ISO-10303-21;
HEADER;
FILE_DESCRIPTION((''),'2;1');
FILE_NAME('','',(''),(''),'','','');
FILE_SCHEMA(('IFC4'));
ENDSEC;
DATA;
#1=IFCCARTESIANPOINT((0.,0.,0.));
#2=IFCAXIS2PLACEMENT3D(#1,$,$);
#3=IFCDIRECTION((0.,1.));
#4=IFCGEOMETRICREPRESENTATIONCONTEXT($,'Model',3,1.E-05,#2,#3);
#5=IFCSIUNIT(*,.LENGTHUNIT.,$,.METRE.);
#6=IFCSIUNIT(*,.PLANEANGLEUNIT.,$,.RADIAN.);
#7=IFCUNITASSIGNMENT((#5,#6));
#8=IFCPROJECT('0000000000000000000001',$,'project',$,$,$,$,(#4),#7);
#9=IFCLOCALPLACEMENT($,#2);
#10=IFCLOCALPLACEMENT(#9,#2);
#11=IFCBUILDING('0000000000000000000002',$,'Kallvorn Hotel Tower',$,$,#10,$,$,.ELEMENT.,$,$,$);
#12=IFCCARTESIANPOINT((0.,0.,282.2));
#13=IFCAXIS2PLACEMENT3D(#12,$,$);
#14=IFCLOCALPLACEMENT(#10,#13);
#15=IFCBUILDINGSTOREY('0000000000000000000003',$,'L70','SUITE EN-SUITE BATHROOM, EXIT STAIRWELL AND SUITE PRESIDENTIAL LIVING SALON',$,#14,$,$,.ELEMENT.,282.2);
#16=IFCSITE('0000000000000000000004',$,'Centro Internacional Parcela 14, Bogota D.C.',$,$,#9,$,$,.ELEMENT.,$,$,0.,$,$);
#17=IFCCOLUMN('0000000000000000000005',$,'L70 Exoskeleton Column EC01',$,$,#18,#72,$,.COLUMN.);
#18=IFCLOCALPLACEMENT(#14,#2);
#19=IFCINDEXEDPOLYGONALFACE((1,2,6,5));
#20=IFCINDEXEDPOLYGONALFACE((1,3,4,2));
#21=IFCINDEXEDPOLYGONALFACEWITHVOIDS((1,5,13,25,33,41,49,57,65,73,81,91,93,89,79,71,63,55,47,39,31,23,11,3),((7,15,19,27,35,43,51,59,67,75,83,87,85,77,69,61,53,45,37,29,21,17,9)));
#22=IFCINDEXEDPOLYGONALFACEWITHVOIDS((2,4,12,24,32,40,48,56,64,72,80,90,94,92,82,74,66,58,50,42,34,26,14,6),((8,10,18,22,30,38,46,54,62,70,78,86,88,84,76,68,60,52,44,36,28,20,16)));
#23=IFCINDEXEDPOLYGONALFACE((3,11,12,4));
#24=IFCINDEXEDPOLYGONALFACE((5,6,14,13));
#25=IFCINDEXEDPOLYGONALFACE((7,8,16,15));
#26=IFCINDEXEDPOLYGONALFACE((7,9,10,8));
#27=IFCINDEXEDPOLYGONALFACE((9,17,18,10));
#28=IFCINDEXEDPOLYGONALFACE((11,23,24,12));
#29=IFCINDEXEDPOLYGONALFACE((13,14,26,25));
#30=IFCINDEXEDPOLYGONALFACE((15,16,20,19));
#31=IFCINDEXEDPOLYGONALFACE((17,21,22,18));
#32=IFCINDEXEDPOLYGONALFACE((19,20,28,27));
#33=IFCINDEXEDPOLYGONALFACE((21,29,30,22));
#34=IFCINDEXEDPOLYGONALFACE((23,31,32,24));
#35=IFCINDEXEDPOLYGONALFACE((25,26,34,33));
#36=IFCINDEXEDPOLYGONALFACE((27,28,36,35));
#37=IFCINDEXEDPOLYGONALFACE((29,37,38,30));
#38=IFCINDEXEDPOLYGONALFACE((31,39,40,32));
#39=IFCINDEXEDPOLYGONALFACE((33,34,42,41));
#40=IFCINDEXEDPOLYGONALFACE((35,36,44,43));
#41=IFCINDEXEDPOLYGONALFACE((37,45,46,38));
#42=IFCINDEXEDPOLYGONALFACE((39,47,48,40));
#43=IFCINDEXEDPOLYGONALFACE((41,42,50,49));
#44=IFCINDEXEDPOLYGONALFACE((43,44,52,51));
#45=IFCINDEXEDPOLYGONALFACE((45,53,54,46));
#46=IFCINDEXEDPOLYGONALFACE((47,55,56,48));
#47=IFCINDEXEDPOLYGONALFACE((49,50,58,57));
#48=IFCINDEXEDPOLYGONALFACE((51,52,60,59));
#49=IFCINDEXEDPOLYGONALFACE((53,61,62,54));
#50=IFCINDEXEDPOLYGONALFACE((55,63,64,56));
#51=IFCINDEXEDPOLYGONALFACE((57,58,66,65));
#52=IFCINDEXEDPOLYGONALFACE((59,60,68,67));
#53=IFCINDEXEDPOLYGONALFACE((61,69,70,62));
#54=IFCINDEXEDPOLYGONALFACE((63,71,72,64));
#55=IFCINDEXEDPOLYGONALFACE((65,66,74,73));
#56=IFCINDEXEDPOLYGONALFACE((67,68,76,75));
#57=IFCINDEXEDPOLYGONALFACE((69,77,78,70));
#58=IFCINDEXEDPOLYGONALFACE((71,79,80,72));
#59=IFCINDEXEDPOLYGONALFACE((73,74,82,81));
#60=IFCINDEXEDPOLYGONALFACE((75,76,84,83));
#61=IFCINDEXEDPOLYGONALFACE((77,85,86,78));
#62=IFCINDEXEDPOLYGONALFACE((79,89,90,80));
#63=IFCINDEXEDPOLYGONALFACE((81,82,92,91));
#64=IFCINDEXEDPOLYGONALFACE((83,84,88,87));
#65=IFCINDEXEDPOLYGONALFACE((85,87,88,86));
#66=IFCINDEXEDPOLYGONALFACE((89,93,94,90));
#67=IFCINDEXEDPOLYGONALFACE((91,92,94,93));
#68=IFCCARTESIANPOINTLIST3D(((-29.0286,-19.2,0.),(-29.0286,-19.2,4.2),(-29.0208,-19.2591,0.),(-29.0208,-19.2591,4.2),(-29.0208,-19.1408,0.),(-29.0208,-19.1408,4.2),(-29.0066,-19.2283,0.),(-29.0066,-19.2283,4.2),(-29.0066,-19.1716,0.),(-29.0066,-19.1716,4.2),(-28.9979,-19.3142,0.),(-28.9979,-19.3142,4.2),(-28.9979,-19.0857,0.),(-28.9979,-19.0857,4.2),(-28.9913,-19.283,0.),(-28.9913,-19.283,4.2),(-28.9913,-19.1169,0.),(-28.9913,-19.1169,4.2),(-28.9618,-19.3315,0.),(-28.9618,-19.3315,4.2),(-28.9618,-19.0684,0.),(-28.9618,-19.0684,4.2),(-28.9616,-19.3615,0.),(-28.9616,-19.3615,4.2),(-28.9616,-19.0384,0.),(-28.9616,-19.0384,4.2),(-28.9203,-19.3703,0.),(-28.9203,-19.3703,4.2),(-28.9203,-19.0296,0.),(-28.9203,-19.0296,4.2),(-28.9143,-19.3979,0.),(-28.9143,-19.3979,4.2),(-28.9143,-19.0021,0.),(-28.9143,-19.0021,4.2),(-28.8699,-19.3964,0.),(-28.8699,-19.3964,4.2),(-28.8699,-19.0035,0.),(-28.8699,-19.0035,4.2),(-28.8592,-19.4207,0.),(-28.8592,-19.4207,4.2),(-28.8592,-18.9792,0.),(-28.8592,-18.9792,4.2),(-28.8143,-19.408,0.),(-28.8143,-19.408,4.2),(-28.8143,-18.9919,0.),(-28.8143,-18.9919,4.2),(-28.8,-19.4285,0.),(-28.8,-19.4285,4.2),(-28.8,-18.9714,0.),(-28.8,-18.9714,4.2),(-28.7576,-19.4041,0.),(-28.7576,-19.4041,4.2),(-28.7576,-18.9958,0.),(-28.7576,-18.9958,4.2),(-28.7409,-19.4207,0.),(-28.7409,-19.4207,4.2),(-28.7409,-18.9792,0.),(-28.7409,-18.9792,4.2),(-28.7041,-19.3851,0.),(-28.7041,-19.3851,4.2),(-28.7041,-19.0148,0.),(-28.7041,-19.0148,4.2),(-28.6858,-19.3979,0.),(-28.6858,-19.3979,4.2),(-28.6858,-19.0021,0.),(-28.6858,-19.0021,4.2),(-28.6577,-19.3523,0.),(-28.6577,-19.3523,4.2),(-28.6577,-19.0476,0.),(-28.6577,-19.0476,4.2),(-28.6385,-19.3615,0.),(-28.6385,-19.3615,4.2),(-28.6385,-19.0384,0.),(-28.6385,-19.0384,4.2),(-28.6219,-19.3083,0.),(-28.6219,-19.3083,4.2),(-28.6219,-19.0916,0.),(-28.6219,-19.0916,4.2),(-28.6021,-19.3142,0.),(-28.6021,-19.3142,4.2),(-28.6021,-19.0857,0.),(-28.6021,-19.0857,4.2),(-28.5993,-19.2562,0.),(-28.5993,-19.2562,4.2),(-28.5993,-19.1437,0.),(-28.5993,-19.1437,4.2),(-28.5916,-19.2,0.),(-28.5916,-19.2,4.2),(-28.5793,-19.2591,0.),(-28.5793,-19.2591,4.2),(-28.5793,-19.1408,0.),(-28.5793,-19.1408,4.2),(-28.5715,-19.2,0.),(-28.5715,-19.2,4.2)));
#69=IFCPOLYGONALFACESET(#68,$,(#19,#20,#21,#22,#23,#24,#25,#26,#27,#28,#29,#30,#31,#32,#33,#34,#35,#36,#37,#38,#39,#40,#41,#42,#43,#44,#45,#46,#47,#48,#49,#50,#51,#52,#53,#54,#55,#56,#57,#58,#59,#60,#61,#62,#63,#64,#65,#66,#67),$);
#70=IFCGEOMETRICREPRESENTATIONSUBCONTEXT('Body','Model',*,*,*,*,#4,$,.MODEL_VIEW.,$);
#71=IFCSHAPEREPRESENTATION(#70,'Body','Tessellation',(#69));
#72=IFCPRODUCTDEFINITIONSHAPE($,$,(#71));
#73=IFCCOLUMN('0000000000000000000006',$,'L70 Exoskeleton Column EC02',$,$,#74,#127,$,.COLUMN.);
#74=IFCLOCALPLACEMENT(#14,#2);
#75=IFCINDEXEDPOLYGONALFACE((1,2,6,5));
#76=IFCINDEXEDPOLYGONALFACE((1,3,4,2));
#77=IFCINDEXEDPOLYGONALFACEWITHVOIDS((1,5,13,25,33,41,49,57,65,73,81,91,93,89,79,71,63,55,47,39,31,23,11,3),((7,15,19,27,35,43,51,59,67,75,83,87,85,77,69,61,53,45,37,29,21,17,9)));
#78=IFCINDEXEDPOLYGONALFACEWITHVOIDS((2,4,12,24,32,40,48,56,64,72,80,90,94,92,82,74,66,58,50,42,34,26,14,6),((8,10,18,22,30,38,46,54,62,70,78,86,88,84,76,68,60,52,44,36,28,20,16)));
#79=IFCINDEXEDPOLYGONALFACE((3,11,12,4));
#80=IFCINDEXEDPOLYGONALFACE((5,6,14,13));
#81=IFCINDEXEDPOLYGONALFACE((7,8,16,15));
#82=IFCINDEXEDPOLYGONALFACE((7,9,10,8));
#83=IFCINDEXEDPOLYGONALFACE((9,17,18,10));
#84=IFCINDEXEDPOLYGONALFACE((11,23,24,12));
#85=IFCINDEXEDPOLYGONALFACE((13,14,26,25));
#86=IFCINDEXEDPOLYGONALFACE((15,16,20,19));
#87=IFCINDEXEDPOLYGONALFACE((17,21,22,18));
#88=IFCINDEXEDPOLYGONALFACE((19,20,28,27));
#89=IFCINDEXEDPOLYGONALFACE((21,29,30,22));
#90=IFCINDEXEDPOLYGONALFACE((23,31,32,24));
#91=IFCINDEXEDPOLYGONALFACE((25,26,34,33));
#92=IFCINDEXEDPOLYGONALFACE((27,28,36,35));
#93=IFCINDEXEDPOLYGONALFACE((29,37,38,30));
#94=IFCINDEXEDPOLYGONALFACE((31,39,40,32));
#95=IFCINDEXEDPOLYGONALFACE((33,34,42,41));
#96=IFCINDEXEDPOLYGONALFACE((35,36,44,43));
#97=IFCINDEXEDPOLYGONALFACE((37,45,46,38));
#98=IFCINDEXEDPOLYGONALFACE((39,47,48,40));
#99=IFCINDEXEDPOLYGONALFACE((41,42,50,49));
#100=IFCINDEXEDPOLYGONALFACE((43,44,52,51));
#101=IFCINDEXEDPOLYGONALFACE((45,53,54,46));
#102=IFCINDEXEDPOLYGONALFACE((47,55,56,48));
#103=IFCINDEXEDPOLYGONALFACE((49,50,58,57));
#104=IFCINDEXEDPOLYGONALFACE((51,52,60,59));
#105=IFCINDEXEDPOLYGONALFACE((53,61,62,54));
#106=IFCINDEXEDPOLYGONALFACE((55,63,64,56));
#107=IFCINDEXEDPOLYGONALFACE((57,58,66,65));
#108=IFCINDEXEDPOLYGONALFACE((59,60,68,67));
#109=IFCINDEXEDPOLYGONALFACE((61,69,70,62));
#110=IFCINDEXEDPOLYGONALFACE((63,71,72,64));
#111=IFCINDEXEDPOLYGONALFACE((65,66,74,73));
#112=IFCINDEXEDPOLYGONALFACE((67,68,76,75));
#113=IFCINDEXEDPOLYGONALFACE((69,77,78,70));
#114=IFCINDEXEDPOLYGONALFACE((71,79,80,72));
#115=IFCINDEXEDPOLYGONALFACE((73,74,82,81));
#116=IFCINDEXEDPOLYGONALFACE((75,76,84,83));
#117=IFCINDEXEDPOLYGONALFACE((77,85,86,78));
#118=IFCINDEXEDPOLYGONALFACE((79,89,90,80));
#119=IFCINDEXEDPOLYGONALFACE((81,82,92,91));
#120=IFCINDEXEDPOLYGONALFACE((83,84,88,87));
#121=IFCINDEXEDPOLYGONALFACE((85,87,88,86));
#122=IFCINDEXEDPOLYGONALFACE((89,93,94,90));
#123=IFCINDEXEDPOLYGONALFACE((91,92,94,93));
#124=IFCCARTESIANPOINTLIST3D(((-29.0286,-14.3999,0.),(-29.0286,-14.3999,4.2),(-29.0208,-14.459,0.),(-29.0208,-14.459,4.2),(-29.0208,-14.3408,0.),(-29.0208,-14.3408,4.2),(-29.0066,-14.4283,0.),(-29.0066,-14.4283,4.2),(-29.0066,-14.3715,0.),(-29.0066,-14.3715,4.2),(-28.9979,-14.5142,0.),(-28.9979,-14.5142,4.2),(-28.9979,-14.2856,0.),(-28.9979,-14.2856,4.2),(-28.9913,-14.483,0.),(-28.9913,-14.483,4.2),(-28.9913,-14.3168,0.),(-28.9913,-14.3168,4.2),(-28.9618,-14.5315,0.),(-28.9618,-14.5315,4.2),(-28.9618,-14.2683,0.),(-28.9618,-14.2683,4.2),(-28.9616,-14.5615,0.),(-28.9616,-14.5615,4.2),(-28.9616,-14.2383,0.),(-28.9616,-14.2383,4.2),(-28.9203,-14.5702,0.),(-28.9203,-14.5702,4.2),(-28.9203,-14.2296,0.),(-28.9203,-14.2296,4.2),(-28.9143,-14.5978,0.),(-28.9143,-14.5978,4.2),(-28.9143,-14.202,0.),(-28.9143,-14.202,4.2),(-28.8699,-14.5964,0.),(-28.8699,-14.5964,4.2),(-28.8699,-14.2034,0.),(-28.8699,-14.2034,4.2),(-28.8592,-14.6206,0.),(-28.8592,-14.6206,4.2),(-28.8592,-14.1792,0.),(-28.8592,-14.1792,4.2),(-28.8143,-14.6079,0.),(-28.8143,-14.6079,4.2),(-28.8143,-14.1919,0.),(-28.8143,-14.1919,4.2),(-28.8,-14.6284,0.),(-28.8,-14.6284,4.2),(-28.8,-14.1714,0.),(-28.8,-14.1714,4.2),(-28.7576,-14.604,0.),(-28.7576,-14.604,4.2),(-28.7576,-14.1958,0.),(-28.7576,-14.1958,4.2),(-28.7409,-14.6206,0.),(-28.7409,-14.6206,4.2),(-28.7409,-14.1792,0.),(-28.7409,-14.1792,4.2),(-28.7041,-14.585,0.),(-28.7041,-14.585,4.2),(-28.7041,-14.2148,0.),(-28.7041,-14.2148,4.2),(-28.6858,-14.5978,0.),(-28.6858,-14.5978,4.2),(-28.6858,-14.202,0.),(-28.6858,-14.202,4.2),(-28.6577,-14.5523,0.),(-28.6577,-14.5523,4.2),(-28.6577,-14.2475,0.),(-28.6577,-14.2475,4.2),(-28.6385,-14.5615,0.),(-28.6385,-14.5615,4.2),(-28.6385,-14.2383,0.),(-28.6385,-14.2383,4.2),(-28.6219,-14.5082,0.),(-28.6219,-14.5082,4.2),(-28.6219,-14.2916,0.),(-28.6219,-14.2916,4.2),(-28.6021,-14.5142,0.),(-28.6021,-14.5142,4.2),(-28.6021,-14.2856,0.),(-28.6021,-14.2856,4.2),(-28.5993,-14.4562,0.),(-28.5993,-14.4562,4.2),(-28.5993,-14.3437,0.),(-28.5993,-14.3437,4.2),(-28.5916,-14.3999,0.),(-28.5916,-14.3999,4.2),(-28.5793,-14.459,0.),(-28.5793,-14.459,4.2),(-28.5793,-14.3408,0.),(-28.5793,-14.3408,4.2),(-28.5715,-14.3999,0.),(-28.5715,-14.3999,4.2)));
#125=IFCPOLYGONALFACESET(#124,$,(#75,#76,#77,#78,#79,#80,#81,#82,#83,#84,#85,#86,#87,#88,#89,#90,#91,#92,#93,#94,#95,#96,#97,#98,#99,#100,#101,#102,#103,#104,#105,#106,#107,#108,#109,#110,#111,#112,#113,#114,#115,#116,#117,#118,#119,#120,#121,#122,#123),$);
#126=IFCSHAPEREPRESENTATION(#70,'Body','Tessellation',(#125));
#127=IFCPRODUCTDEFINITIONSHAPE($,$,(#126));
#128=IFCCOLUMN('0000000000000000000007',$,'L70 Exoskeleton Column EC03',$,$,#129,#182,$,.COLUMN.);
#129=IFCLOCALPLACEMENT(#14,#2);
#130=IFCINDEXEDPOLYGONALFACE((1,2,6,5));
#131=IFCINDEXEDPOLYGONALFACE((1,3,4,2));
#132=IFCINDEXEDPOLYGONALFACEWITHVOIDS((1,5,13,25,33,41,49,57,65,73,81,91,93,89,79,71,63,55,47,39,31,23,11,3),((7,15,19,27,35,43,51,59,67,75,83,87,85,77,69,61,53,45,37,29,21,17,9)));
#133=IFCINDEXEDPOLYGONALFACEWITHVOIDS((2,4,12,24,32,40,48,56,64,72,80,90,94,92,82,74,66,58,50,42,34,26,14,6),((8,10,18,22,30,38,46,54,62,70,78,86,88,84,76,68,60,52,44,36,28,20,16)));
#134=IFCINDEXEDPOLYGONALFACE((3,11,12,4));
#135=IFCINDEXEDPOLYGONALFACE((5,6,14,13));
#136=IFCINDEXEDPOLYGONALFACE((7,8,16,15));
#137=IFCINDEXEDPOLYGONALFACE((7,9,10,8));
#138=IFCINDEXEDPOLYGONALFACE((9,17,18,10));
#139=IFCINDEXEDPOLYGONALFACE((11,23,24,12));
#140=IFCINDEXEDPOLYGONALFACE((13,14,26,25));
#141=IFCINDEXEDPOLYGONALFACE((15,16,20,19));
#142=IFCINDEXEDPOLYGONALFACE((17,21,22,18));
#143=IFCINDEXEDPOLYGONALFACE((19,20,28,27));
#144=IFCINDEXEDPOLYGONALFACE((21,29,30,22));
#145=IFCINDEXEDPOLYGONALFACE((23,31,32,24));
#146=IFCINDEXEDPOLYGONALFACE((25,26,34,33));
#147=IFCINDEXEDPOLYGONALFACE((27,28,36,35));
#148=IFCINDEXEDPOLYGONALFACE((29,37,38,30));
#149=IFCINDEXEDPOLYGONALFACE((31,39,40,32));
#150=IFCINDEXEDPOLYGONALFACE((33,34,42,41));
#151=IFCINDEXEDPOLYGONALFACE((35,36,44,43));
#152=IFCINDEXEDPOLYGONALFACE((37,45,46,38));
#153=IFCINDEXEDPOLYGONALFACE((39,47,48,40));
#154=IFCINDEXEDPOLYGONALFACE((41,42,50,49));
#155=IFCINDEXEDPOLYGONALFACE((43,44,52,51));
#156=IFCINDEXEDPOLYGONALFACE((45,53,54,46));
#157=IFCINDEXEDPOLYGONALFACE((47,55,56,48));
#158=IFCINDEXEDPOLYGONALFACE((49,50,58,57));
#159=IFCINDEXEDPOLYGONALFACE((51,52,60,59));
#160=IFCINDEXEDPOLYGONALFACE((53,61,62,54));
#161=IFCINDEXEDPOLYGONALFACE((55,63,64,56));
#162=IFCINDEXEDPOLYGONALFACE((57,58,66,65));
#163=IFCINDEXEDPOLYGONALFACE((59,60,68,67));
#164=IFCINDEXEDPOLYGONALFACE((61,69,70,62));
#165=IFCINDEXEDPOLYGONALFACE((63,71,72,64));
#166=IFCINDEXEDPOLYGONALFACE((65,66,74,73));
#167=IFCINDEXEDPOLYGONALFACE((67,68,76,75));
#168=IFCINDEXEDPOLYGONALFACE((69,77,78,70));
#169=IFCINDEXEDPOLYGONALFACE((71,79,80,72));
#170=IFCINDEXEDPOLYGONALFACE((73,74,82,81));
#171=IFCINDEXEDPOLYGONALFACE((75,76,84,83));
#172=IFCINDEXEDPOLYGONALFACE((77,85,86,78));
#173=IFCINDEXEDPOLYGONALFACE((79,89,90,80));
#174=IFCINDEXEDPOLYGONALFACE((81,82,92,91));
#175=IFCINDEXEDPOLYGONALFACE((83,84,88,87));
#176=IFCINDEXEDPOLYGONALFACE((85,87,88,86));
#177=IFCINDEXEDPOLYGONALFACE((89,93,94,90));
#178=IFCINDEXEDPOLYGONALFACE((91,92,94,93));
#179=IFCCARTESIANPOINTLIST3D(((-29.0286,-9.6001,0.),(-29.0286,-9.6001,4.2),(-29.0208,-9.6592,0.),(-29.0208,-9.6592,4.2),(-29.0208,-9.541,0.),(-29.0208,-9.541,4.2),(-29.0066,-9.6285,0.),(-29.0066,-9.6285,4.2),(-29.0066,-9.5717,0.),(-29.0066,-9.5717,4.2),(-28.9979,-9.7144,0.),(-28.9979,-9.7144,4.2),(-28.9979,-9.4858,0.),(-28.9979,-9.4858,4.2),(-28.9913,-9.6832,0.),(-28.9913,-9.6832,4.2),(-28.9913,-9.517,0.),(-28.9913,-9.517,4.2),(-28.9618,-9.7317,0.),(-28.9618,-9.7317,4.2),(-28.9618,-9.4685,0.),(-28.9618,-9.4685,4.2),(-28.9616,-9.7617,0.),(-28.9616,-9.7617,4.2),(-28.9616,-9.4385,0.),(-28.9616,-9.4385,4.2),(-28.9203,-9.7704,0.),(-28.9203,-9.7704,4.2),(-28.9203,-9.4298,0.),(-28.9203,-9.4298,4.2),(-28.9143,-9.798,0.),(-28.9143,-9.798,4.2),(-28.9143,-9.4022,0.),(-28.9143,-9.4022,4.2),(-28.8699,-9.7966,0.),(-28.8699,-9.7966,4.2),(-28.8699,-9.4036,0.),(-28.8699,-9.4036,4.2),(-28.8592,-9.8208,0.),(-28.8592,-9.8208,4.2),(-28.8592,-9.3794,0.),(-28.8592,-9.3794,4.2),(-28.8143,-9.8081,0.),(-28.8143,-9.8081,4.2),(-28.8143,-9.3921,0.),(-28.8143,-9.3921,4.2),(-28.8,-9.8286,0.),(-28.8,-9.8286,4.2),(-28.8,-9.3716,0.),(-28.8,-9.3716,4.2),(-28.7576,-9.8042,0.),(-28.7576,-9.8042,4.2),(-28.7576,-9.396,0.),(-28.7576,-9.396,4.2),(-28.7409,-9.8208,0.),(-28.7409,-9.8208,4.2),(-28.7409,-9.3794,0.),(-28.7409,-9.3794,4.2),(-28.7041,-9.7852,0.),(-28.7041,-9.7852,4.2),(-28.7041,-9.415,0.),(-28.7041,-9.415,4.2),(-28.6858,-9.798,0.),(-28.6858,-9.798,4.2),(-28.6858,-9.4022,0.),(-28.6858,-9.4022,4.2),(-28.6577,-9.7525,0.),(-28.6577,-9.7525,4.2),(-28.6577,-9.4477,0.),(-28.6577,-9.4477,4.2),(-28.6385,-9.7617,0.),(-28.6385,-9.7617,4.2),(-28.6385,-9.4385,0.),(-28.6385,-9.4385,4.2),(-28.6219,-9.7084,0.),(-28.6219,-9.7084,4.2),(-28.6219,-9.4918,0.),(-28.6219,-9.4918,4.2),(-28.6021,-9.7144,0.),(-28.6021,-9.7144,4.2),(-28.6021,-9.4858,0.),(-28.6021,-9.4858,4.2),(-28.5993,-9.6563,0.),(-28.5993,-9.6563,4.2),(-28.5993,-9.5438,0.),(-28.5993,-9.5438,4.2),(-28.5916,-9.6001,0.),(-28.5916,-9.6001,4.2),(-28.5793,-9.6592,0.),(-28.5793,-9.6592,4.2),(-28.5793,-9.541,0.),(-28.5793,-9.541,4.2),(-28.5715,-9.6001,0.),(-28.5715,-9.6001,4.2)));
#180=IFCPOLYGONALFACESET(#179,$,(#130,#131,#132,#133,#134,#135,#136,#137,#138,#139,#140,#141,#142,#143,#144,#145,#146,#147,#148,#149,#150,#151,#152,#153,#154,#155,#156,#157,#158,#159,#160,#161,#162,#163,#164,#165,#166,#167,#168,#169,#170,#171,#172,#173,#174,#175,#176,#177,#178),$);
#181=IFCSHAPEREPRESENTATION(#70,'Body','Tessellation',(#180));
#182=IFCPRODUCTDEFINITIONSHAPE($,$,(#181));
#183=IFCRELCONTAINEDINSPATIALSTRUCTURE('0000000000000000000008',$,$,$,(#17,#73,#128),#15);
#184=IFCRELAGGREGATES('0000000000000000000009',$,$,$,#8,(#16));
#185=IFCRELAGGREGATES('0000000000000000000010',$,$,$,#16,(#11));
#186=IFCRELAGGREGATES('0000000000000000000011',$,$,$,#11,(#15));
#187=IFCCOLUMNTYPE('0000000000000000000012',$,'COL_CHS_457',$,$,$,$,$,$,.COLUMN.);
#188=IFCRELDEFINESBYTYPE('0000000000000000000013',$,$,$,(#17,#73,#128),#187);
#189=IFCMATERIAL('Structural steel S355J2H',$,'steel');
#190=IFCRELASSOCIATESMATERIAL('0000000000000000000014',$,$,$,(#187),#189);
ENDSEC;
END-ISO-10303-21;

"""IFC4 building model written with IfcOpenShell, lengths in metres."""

from ifc_helpers import new_model, si_unit, direction, frame, origin, origin_2d, place, context, subcontext, project, spatial, hollow_circle, extrude, material, material_profile, profile_set, type_object, element, save


model = new_model("IFC4")

# Units and contexts
model_context = context("Model", 3, precision=1e-05, world=origin(), true_north=direction((0.0, 1.0)))
body_context = subcontext(model_context, "Body", "Model", "MODEL_VIEW")
ifc_project = project(units=[si_unit("LENGTHUNIT", "METRE"), si_unit("PLANEANGLEUNIT", "RADIAN")], contexts=[model_context])

# Site, building, storey
site_placement = place(None, origin())
site = spatial("IfcSite", under=ifc_project, at=site_placement, Name="Centro Internacional Parcela 14, Bogota D.C.", CompositionType="ELEMENT", RefElevation=0.0)
building_placement = place(site_placement, origin())
building = spatial("IfcBuilding", under=site, at=building_placement, Name="Kallvorn Hotel Tower", CompositionType="ELEMENT")
storey_placement = place(building_placement, frame((0.0, 0.0, 282.2)))
storey = spatial("IfcBuildingStorey", under=building, at=storey_placement, Name="L70", Description="SUITE EN-SUITE BATHROOM, EXIT STAIRWELL AND SUITE PRESIDENTIAL LIVING SALON", CompositionType="ELEMENT", Elevation=282.2)

# Columns
ifc_material_1 = material(Name="Structural steel S355J2H", Category="steel")
ifc_material_profile_1 = material_profile(ifc_material_1, hollow_circle(Radius=0.2285, WallThickness=0.02, at=origin_2d()), Name="CHS 457x20")
ifc_profile_set_1 = profile_set([ifc_material_profile_1], Name="Structural steel S355J2H")
column_type_1 = type_object("IfcColumnType", Name="COL_CHS_457", PredefinedType="COLUMN", material=ifc_profile_set_1)
for number, where, z_axis, x_axis, name in (
    (1, (-28.8, -19.2, 0.0), (0.0, 0.0, 1.0), (1.0, 0.0, 0.0), "L70 Exoskeleton Column EC01"),
    (2, (-28.8, -14.3999, 0.0), (0.0, 0.0, 1.0), (1.0, 0.0, 0.0), "L70 Exoskeleton Column EC02"),
    (3, (-28.8, -9.6001, 0.0), (0.0, 0.0, 1.0), (1.0, 0.0, 0.0), "L70 Exoskeleton Column EC03"),
):
    element("IfcColumn", number, at=place(storey_placement, frame(where, z_axis=z_axis, x_axis=x_axis)), inside=storey, type_object=column_type_1, Name=name, PredefinedType="COLUMN", context=body_context, shape_type="SweptSolid", body=[
        extrude(hollow_circle(Radius=0.2285, WallThickness=0.02, at=origin_2d()), origin(), (0.0, 0.0, 1.0), 4.2),
    ])

save(model, "model.ifc")
